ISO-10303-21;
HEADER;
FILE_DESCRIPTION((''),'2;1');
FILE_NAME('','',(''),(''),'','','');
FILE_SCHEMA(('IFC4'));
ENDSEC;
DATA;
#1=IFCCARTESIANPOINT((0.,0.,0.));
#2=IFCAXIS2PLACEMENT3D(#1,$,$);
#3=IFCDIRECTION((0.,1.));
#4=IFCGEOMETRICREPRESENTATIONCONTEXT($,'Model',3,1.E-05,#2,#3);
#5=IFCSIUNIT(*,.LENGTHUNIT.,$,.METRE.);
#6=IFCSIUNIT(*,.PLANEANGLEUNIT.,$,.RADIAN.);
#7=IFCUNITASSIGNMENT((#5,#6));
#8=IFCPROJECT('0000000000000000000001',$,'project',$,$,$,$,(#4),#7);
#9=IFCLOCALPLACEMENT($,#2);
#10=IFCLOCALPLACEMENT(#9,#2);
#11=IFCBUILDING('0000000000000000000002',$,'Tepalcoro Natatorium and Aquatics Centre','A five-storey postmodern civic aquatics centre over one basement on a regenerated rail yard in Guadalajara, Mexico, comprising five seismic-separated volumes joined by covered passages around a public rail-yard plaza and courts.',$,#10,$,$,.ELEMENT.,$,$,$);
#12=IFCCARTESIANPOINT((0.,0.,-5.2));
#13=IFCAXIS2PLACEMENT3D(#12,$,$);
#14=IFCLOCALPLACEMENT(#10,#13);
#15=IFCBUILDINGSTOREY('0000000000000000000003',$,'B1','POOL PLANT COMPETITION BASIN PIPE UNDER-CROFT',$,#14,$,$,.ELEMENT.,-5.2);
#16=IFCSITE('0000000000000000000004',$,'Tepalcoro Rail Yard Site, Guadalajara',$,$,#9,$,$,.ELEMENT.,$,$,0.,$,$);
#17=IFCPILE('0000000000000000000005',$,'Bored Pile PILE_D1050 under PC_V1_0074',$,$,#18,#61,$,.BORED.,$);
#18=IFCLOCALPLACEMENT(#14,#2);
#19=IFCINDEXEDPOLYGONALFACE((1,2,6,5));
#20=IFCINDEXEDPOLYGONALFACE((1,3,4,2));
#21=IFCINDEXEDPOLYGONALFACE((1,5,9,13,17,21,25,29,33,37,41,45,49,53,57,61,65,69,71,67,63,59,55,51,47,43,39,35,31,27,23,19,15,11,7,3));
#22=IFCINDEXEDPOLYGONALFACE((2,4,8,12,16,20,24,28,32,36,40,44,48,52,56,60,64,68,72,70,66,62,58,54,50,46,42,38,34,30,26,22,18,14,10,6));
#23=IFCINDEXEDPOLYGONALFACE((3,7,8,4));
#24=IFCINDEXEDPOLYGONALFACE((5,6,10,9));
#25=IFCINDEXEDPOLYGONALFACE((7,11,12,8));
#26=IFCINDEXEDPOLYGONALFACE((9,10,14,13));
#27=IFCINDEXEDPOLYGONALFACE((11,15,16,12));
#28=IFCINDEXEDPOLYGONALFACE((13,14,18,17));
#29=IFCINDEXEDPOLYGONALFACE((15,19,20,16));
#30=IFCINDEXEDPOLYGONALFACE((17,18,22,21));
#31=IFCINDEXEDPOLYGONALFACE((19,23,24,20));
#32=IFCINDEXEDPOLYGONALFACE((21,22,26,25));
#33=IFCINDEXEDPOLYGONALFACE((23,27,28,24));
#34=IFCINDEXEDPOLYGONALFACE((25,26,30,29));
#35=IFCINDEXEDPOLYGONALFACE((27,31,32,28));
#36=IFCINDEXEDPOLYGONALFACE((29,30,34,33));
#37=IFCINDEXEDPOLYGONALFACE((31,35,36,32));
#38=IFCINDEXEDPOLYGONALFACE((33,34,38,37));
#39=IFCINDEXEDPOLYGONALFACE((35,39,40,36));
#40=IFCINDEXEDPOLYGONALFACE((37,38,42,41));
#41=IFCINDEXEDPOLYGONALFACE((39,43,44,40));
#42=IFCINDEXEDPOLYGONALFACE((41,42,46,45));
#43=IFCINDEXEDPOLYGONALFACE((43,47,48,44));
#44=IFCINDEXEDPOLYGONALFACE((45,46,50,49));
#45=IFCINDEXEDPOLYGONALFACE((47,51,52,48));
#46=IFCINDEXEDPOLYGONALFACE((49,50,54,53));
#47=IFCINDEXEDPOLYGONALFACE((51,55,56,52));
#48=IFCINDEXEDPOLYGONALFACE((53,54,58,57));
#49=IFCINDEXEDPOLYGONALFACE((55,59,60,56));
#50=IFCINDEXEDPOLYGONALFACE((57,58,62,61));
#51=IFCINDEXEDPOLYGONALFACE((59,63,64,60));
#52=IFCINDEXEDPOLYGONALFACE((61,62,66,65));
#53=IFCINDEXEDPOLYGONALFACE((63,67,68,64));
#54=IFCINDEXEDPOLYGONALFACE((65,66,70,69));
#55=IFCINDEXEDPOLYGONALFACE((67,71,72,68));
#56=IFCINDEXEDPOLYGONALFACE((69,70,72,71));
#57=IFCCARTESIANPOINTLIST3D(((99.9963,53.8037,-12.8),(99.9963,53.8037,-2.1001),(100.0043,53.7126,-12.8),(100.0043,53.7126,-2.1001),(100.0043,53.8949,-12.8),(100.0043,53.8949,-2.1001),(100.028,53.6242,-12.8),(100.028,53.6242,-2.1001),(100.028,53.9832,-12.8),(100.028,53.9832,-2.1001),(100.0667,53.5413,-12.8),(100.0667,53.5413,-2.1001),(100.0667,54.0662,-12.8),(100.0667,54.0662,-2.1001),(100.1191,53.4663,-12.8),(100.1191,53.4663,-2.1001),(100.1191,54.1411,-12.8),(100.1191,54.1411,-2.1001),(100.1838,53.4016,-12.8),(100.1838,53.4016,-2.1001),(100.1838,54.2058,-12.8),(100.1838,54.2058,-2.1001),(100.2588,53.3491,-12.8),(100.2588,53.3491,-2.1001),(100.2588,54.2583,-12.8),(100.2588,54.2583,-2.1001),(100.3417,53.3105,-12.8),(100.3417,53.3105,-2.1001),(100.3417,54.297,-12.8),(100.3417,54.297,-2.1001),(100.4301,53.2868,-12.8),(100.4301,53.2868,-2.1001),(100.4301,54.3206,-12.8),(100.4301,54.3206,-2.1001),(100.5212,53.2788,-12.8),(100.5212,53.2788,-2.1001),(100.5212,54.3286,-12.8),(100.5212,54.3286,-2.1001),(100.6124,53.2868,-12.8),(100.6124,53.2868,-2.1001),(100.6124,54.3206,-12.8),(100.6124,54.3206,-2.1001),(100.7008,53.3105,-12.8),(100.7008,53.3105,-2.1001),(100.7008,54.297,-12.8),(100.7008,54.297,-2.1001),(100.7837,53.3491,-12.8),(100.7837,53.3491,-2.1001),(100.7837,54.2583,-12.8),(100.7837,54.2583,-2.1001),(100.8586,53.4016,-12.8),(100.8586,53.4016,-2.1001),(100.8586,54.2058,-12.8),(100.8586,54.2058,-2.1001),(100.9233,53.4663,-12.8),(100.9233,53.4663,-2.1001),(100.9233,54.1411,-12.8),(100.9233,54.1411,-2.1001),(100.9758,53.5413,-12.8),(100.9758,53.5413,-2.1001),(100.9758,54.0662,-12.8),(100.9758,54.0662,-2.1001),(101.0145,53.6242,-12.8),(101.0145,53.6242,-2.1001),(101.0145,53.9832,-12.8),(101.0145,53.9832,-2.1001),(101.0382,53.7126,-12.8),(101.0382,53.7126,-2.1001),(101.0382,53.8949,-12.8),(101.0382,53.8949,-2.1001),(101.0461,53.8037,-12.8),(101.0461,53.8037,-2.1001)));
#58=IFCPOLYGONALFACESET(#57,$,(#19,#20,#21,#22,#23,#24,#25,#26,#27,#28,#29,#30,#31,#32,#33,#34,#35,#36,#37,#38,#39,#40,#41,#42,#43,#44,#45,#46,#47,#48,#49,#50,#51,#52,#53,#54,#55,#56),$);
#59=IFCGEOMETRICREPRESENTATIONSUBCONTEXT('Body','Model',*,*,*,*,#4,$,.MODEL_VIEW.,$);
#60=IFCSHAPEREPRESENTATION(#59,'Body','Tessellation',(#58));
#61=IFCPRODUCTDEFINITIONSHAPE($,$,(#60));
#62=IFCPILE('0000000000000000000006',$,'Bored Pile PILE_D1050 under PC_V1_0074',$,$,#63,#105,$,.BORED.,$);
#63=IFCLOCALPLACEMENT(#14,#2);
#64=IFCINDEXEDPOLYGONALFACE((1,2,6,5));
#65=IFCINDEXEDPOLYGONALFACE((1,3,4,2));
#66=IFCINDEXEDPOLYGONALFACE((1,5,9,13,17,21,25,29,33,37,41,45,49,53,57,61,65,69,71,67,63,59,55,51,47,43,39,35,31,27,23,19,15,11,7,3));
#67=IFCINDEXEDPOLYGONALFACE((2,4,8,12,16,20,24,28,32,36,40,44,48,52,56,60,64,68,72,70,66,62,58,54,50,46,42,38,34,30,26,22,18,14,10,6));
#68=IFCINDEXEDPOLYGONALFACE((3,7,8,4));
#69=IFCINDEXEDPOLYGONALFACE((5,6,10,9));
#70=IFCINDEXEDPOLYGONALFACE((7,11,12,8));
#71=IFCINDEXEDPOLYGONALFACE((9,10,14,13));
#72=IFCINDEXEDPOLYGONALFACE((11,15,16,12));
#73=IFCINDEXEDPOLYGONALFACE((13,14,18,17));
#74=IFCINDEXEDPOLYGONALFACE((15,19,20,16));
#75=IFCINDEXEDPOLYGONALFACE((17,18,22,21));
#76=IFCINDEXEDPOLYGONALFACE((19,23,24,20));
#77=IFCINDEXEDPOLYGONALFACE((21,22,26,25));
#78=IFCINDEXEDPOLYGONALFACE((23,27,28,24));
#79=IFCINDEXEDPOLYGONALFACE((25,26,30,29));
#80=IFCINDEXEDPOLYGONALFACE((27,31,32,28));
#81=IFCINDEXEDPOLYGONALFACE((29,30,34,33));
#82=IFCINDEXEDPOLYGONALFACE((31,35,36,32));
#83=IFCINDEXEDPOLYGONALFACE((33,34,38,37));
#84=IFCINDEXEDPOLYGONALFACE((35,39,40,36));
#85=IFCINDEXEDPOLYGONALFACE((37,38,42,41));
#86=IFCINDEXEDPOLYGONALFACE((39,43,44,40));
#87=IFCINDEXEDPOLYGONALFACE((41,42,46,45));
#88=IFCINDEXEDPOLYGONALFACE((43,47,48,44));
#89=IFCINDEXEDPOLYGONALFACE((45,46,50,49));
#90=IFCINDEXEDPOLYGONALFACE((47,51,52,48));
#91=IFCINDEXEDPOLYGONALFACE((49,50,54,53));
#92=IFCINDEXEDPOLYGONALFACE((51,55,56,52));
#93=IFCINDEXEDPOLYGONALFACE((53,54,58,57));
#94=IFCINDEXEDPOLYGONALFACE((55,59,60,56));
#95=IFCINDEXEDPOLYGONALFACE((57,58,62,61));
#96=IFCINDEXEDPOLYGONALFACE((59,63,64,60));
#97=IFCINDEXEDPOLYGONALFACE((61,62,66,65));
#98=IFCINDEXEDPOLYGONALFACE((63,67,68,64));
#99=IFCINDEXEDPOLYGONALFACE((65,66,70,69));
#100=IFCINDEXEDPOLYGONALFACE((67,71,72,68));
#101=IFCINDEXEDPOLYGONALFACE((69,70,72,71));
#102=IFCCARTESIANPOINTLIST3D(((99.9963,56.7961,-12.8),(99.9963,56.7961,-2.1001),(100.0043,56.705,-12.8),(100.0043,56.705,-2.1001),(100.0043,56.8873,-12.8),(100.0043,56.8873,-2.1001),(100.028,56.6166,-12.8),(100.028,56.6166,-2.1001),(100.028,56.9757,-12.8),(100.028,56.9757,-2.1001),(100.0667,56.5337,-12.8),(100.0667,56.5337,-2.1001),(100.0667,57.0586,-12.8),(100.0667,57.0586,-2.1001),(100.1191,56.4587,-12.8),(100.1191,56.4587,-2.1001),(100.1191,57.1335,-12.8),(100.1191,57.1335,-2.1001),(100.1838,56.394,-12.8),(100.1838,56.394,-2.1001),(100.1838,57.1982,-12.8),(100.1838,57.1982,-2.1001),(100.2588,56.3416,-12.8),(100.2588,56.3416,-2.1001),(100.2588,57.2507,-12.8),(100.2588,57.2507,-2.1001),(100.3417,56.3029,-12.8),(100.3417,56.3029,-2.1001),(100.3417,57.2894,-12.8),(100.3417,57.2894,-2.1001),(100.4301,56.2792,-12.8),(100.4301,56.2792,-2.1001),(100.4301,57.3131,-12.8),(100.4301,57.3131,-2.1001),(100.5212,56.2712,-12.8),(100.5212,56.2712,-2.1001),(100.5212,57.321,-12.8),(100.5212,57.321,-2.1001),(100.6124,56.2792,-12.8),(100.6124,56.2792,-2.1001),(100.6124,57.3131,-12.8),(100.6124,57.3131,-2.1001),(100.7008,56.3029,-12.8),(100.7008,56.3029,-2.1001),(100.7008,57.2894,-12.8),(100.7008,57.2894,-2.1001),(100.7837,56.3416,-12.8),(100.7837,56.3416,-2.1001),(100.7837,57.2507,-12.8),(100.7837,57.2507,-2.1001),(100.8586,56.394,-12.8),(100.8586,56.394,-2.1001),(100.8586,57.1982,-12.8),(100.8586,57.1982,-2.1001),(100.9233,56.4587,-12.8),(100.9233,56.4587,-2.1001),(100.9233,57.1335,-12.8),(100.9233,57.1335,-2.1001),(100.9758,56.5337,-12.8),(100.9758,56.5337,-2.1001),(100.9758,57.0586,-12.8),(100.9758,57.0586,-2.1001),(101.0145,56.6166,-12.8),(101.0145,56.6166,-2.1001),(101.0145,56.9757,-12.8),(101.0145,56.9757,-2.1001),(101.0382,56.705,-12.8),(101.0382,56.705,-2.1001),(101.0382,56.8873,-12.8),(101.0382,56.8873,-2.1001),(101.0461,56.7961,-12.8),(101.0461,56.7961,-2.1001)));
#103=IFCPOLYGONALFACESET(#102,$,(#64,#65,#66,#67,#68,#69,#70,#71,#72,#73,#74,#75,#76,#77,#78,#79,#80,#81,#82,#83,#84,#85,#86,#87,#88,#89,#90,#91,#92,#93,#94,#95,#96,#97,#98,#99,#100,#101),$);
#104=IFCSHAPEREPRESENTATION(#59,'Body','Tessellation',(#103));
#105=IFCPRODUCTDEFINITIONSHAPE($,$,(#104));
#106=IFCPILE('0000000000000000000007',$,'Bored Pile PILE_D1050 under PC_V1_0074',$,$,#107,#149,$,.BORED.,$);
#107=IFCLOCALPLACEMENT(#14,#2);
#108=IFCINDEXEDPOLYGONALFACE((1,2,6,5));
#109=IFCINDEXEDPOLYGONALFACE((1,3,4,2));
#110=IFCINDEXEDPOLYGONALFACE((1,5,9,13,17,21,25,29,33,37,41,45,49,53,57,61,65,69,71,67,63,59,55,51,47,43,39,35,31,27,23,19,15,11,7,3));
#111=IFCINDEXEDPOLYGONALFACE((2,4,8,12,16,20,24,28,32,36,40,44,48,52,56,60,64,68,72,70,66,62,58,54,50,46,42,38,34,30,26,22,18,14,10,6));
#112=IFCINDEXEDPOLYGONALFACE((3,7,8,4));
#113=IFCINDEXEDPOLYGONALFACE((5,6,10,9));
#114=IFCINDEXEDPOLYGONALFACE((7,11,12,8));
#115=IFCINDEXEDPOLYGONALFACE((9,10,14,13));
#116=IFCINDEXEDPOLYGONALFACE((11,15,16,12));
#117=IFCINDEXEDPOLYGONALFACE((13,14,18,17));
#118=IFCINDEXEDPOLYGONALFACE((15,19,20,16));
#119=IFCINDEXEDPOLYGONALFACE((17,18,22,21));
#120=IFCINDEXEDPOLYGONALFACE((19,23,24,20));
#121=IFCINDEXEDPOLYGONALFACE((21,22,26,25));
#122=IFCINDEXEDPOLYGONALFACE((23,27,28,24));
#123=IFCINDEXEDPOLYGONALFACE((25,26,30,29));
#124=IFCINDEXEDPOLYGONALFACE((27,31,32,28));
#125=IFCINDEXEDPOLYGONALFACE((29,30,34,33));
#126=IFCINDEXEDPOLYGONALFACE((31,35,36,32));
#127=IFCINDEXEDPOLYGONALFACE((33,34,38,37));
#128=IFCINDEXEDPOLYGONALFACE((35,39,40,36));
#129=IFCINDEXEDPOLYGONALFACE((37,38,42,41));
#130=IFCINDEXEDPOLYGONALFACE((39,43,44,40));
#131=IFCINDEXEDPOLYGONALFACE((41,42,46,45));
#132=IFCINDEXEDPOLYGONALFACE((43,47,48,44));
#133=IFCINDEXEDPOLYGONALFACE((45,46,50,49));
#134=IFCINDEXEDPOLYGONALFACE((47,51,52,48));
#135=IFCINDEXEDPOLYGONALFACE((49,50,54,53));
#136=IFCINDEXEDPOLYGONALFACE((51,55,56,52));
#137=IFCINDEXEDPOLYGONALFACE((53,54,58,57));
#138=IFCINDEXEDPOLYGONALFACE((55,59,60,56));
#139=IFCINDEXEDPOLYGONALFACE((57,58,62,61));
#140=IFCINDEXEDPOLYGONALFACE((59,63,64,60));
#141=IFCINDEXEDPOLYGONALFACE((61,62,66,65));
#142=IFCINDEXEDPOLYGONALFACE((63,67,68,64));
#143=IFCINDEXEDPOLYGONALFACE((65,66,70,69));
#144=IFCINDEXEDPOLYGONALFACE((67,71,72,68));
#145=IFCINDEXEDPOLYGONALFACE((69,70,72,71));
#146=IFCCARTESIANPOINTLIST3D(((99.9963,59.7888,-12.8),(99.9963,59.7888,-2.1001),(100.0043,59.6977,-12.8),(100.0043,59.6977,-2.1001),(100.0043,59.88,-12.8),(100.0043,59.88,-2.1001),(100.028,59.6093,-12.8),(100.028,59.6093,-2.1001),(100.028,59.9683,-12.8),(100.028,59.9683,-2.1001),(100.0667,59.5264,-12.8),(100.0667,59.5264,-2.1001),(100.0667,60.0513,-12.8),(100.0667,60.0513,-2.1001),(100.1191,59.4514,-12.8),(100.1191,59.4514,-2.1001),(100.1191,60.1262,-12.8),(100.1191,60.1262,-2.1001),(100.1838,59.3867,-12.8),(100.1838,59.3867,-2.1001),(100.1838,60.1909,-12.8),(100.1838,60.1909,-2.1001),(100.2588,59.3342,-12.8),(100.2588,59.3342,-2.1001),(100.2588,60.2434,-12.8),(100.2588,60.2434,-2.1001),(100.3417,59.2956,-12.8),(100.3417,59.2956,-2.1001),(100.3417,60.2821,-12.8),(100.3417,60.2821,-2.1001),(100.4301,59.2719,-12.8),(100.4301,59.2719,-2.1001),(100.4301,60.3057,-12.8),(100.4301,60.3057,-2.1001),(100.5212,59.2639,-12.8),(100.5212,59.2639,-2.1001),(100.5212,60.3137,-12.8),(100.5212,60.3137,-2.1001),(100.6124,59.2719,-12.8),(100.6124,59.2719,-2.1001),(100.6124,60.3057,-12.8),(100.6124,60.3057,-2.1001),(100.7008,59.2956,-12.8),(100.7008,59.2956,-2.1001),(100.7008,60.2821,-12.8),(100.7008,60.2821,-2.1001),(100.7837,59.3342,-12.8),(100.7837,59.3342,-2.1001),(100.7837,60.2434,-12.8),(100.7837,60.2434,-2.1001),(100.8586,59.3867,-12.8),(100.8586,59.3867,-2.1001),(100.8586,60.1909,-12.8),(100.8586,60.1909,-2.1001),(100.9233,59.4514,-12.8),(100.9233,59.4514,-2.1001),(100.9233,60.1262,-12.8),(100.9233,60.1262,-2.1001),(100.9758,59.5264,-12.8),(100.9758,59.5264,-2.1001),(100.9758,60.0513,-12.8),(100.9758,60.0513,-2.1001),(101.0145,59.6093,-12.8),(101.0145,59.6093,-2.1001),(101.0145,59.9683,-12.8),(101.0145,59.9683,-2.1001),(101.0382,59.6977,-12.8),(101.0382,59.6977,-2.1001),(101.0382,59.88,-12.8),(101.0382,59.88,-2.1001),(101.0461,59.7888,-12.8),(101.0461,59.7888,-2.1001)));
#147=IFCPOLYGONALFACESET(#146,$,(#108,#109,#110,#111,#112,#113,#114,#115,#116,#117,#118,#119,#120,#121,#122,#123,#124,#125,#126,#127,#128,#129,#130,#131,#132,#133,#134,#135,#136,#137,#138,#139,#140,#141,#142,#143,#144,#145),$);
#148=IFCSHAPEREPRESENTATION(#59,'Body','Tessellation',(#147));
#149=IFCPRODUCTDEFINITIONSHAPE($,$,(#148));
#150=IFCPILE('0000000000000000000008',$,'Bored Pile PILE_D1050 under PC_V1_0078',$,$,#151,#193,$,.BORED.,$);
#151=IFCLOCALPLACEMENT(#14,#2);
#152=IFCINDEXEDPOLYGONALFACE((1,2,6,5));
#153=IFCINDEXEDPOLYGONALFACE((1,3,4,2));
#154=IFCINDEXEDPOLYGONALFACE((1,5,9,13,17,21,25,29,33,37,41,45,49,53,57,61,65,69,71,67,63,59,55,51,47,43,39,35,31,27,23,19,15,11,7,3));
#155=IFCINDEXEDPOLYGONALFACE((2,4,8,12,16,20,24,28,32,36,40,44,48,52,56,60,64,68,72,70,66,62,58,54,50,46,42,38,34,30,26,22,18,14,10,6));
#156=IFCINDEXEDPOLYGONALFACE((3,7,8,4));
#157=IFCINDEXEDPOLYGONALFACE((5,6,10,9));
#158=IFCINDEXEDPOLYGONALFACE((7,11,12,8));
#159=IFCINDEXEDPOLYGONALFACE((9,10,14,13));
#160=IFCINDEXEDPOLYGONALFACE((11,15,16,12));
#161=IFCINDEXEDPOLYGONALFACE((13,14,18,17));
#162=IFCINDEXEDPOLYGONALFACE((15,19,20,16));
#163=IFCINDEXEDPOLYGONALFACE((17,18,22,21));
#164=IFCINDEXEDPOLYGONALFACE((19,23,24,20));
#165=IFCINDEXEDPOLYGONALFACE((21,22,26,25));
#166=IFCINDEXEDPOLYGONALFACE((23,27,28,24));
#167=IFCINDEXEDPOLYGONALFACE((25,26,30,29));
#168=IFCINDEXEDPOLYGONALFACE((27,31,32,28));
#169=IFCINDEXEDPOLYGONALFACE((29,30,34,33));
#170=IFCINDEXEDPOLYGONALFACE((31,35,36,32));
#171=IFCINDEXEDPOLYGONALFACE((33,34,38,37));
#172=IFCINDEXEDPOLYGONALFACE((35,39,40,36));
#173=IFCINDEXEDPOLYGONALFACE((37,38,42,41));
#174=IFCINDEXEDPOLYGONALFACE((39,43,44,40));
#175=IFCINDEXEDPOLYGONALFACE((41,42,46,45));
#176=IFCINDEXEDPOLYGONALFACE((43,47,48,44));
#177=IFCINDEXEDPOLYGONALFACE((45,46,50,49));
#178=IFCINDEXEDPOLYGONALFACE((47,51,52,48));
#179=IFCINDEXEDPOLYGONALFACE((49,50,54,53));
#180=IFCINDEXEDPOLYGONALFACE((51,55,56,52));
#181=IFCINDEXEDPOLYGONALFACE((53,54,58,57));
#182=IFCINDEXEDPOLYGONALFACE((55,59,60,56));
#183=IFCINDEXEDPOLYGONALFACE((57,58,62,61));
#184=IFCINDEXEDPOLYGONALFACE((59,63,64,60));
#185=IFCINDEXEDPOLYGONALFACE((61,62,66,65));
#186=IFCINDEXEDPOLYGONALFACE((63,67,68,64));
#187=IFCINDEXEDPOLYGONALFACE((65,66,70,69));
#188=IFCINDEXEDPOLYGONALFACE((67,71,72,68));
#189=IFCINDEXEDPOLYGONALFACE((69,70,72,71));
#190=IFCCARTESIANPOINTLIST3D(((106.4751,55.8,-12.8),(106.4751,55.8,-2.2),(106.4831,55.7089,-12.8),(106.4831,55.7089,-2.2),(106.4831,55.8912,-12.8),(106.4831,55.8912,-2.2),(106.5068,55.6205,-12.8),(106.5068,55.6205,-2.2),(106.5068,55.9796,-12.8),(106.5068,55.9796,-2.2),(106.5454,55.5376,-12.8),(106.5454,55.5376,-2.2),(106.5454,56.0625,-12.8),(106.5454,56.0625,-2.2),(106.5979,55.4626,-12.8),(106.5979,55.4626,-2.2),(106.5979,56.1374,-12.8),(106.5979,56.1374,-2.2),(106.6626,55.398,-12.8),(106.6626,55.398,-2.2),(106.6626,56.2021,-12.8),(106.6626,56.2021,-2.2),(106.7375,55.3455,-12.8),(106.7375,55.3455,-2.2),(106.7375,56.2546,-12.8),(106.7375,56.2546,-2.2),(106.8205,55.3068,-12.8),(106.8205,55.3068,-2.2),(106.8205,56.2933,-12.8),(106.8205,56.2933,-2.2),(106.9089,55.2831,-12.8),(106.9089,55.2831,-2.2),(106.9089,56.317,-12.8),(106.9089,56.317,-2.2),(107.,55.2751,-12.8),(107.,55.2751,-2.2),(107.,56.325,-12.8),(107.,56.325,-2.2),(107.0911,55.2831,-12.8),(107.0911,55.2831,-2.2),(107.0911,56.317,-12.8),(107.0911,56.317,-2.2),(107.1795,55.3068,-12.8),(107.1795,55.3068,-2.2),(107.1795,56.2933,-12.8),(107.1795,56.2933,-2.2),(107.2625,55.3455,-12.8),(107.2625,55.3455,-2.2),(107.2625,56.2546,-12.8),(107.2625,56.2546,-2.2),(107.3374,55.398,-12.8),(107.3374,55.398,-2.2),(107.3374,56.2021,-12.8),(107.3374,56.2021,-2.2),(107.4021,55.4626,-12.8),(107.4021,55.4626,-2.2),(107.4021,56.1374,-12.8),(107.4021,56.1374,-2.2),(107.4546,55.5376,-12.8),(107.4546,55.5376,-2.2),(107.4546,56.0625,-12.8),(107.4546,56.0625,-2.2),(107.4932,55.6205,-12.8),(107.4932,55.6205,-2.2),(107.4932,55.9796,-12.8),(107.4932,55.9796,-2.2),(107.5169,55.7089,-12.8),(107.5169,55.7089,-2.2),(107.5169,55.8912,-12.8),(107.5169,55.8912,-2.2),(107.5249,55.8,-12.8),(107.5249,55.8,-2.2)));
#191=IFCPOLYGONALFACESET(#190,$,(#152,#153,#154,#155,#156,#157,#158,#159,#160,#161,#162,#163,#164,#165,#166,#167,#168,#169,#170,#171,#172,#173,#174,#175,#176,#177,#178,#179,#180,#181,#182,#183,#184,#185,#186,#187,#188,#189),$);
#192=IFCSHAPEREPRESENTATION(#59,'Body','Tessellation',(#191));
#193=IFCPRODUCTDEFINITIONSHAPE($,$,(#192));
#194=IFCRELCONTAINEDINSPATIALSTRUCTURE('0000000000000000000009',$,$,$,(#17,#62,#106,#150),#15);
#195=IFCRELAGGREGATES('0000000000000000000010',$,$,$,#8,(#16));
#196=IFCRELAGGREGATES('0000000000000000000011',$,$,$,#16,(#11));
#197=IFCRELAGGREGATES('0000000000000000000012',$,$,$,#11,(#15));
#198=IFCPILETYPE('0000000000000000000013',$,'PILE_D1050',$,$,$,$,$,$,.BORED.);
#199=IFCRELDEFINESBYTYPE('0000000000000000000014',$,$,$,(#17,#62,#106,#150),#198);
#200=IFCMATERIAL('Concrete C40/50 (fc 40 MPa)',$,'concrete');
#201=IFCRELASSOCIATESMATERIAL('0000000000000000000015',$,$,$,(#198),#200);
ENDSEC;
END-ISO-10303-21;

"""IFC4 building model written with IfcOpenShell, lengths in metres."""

from ifc_helpers import new_model, si_unit, direction, frame, origin, origin_2d, place, context, subcontext, project, spatial, circle, extrude, material, material_profile, profile_set, type_object, element, save


model = new_model("IFC4")

# Units and contexts
model_context = context("Model", 3, precision=1e-05, world=origin(), true_north=direction((0.0, 1.0)))
body_context = subcontext(model_context, "Body", "Model", "MODEL_VIEW")
ifc_project = project(units=[si_unit("LENGTHUNIT", "METRE"), si_unit("PLANEANGLEUNIT", "RADIAN")], contexts=[model_context])

# Site, building, storey
site_placement = place(None, origin())
site = spatial("IfcSite", under=ifc_project, at=site_placement, Name="Tepalcoro Rail Yard Site, Guadalajara", CompositionType="ELEMENT", RefElevation=0.0)
building_placement = place(site_placement, origin())
building = spatial("IfcBuilding", under=site, at=building_placement, Name="Tepalcoro Natatorium and Aquatics Centre", Description="A five-storey postmodern civic aquatics centre over one basement on a regenerated rail yard in Guadalajara, Mexico, comprising five seismic-separated volumes joined by covered passages around a public rail-yard plaza and courts.", CompositionType="ELEMENT")
storey_placement = place(building_placement, frame((0.0, 0.0, -5.2)))
storey = spatial("IfcBuildingStorey", under=building, at=storey_placement, Name="B1", Description="POOL PLANT COMPETITION BASIN PIPE UNDER-CROFT", CompositionType="ELEMENT", Elevation=-5.2)

# Piles
ifc_material_1 = material(Name="Concrete C40/50 (fc 40 MPa)", Category="concrete")
ifc_material_profile_1 = material_profile(ifc_material_1, circle(Radius=0.5249, at=origin_2d()), Name="PILE_D1050")
ifc_profile_set_1 = profile_set([ifc_material_profile_1], Name="Concrete C40/50 (fc 40 MPa)")
pile_type_1 = type_object("IfcPileType", Name="PILE_D1050", PredefinedType="BORED", material=ifc_profile_set_1)
for number, where, z_axis, x_axis, name in (
    (1, (100.5212, 53.8037, -2.1001), (0.0, 0.0, -1.0), (1.0, 0.0, 0.0), "Bored Pile PILE_D1050 under PC_V1_0074"),
    (2, (100.5212, 56.7961, -2.1001), (0.0, 0.0, -1.0), (1.0, 0.0, 0.0), "Bored Pile PILE_D1050 under PC_V1_0074"),
    (3, (100.5212, 59.7888, -2.1001), (0.0, 0.0, -1.0), (1.0, 0.0, 0.0), "Bored Pile PILE_D1050 under PC_V1_0074"),
):
    element("IfcPile", number, at=place(storey_placement, frame(where, z_axis=z_axis, x_axis=x_axis)), inside=storey, type_object=pile_type_1, Name=name, PredefinedType="BORED", context=body_context, shape_type="SweptSolid", body=[
        extrude(circle(Radius=0.5249, at=origin_2d()), origin(), (0.0, 0.0, 1.0), 10.7),
    ])
for number, where, z_axis, x_axis, name in (
    (4, (107.0, 55.8, -2.2), (0.0, 0.0, -1.0), (1.0, 0.0, 0.0), "Bored Pile PILE_D1050 under PC_V1_0078"),
):
    element("IfcPile", number, at=place(storey_placement, frame(where, z_axis=z_axis, x_axis=x_axis)), inside=storey, type_object=pile_type_1, Name=name, PredefinedType="BORED", context=body_context, shape_type="SweptSolid", body=[
        extrude(circle(Radius=0.5249, at=origin_2d()), origin(), (0.0, 0.0, 1.0), 10.6001),
    ])

save(model, "model.ifc")
